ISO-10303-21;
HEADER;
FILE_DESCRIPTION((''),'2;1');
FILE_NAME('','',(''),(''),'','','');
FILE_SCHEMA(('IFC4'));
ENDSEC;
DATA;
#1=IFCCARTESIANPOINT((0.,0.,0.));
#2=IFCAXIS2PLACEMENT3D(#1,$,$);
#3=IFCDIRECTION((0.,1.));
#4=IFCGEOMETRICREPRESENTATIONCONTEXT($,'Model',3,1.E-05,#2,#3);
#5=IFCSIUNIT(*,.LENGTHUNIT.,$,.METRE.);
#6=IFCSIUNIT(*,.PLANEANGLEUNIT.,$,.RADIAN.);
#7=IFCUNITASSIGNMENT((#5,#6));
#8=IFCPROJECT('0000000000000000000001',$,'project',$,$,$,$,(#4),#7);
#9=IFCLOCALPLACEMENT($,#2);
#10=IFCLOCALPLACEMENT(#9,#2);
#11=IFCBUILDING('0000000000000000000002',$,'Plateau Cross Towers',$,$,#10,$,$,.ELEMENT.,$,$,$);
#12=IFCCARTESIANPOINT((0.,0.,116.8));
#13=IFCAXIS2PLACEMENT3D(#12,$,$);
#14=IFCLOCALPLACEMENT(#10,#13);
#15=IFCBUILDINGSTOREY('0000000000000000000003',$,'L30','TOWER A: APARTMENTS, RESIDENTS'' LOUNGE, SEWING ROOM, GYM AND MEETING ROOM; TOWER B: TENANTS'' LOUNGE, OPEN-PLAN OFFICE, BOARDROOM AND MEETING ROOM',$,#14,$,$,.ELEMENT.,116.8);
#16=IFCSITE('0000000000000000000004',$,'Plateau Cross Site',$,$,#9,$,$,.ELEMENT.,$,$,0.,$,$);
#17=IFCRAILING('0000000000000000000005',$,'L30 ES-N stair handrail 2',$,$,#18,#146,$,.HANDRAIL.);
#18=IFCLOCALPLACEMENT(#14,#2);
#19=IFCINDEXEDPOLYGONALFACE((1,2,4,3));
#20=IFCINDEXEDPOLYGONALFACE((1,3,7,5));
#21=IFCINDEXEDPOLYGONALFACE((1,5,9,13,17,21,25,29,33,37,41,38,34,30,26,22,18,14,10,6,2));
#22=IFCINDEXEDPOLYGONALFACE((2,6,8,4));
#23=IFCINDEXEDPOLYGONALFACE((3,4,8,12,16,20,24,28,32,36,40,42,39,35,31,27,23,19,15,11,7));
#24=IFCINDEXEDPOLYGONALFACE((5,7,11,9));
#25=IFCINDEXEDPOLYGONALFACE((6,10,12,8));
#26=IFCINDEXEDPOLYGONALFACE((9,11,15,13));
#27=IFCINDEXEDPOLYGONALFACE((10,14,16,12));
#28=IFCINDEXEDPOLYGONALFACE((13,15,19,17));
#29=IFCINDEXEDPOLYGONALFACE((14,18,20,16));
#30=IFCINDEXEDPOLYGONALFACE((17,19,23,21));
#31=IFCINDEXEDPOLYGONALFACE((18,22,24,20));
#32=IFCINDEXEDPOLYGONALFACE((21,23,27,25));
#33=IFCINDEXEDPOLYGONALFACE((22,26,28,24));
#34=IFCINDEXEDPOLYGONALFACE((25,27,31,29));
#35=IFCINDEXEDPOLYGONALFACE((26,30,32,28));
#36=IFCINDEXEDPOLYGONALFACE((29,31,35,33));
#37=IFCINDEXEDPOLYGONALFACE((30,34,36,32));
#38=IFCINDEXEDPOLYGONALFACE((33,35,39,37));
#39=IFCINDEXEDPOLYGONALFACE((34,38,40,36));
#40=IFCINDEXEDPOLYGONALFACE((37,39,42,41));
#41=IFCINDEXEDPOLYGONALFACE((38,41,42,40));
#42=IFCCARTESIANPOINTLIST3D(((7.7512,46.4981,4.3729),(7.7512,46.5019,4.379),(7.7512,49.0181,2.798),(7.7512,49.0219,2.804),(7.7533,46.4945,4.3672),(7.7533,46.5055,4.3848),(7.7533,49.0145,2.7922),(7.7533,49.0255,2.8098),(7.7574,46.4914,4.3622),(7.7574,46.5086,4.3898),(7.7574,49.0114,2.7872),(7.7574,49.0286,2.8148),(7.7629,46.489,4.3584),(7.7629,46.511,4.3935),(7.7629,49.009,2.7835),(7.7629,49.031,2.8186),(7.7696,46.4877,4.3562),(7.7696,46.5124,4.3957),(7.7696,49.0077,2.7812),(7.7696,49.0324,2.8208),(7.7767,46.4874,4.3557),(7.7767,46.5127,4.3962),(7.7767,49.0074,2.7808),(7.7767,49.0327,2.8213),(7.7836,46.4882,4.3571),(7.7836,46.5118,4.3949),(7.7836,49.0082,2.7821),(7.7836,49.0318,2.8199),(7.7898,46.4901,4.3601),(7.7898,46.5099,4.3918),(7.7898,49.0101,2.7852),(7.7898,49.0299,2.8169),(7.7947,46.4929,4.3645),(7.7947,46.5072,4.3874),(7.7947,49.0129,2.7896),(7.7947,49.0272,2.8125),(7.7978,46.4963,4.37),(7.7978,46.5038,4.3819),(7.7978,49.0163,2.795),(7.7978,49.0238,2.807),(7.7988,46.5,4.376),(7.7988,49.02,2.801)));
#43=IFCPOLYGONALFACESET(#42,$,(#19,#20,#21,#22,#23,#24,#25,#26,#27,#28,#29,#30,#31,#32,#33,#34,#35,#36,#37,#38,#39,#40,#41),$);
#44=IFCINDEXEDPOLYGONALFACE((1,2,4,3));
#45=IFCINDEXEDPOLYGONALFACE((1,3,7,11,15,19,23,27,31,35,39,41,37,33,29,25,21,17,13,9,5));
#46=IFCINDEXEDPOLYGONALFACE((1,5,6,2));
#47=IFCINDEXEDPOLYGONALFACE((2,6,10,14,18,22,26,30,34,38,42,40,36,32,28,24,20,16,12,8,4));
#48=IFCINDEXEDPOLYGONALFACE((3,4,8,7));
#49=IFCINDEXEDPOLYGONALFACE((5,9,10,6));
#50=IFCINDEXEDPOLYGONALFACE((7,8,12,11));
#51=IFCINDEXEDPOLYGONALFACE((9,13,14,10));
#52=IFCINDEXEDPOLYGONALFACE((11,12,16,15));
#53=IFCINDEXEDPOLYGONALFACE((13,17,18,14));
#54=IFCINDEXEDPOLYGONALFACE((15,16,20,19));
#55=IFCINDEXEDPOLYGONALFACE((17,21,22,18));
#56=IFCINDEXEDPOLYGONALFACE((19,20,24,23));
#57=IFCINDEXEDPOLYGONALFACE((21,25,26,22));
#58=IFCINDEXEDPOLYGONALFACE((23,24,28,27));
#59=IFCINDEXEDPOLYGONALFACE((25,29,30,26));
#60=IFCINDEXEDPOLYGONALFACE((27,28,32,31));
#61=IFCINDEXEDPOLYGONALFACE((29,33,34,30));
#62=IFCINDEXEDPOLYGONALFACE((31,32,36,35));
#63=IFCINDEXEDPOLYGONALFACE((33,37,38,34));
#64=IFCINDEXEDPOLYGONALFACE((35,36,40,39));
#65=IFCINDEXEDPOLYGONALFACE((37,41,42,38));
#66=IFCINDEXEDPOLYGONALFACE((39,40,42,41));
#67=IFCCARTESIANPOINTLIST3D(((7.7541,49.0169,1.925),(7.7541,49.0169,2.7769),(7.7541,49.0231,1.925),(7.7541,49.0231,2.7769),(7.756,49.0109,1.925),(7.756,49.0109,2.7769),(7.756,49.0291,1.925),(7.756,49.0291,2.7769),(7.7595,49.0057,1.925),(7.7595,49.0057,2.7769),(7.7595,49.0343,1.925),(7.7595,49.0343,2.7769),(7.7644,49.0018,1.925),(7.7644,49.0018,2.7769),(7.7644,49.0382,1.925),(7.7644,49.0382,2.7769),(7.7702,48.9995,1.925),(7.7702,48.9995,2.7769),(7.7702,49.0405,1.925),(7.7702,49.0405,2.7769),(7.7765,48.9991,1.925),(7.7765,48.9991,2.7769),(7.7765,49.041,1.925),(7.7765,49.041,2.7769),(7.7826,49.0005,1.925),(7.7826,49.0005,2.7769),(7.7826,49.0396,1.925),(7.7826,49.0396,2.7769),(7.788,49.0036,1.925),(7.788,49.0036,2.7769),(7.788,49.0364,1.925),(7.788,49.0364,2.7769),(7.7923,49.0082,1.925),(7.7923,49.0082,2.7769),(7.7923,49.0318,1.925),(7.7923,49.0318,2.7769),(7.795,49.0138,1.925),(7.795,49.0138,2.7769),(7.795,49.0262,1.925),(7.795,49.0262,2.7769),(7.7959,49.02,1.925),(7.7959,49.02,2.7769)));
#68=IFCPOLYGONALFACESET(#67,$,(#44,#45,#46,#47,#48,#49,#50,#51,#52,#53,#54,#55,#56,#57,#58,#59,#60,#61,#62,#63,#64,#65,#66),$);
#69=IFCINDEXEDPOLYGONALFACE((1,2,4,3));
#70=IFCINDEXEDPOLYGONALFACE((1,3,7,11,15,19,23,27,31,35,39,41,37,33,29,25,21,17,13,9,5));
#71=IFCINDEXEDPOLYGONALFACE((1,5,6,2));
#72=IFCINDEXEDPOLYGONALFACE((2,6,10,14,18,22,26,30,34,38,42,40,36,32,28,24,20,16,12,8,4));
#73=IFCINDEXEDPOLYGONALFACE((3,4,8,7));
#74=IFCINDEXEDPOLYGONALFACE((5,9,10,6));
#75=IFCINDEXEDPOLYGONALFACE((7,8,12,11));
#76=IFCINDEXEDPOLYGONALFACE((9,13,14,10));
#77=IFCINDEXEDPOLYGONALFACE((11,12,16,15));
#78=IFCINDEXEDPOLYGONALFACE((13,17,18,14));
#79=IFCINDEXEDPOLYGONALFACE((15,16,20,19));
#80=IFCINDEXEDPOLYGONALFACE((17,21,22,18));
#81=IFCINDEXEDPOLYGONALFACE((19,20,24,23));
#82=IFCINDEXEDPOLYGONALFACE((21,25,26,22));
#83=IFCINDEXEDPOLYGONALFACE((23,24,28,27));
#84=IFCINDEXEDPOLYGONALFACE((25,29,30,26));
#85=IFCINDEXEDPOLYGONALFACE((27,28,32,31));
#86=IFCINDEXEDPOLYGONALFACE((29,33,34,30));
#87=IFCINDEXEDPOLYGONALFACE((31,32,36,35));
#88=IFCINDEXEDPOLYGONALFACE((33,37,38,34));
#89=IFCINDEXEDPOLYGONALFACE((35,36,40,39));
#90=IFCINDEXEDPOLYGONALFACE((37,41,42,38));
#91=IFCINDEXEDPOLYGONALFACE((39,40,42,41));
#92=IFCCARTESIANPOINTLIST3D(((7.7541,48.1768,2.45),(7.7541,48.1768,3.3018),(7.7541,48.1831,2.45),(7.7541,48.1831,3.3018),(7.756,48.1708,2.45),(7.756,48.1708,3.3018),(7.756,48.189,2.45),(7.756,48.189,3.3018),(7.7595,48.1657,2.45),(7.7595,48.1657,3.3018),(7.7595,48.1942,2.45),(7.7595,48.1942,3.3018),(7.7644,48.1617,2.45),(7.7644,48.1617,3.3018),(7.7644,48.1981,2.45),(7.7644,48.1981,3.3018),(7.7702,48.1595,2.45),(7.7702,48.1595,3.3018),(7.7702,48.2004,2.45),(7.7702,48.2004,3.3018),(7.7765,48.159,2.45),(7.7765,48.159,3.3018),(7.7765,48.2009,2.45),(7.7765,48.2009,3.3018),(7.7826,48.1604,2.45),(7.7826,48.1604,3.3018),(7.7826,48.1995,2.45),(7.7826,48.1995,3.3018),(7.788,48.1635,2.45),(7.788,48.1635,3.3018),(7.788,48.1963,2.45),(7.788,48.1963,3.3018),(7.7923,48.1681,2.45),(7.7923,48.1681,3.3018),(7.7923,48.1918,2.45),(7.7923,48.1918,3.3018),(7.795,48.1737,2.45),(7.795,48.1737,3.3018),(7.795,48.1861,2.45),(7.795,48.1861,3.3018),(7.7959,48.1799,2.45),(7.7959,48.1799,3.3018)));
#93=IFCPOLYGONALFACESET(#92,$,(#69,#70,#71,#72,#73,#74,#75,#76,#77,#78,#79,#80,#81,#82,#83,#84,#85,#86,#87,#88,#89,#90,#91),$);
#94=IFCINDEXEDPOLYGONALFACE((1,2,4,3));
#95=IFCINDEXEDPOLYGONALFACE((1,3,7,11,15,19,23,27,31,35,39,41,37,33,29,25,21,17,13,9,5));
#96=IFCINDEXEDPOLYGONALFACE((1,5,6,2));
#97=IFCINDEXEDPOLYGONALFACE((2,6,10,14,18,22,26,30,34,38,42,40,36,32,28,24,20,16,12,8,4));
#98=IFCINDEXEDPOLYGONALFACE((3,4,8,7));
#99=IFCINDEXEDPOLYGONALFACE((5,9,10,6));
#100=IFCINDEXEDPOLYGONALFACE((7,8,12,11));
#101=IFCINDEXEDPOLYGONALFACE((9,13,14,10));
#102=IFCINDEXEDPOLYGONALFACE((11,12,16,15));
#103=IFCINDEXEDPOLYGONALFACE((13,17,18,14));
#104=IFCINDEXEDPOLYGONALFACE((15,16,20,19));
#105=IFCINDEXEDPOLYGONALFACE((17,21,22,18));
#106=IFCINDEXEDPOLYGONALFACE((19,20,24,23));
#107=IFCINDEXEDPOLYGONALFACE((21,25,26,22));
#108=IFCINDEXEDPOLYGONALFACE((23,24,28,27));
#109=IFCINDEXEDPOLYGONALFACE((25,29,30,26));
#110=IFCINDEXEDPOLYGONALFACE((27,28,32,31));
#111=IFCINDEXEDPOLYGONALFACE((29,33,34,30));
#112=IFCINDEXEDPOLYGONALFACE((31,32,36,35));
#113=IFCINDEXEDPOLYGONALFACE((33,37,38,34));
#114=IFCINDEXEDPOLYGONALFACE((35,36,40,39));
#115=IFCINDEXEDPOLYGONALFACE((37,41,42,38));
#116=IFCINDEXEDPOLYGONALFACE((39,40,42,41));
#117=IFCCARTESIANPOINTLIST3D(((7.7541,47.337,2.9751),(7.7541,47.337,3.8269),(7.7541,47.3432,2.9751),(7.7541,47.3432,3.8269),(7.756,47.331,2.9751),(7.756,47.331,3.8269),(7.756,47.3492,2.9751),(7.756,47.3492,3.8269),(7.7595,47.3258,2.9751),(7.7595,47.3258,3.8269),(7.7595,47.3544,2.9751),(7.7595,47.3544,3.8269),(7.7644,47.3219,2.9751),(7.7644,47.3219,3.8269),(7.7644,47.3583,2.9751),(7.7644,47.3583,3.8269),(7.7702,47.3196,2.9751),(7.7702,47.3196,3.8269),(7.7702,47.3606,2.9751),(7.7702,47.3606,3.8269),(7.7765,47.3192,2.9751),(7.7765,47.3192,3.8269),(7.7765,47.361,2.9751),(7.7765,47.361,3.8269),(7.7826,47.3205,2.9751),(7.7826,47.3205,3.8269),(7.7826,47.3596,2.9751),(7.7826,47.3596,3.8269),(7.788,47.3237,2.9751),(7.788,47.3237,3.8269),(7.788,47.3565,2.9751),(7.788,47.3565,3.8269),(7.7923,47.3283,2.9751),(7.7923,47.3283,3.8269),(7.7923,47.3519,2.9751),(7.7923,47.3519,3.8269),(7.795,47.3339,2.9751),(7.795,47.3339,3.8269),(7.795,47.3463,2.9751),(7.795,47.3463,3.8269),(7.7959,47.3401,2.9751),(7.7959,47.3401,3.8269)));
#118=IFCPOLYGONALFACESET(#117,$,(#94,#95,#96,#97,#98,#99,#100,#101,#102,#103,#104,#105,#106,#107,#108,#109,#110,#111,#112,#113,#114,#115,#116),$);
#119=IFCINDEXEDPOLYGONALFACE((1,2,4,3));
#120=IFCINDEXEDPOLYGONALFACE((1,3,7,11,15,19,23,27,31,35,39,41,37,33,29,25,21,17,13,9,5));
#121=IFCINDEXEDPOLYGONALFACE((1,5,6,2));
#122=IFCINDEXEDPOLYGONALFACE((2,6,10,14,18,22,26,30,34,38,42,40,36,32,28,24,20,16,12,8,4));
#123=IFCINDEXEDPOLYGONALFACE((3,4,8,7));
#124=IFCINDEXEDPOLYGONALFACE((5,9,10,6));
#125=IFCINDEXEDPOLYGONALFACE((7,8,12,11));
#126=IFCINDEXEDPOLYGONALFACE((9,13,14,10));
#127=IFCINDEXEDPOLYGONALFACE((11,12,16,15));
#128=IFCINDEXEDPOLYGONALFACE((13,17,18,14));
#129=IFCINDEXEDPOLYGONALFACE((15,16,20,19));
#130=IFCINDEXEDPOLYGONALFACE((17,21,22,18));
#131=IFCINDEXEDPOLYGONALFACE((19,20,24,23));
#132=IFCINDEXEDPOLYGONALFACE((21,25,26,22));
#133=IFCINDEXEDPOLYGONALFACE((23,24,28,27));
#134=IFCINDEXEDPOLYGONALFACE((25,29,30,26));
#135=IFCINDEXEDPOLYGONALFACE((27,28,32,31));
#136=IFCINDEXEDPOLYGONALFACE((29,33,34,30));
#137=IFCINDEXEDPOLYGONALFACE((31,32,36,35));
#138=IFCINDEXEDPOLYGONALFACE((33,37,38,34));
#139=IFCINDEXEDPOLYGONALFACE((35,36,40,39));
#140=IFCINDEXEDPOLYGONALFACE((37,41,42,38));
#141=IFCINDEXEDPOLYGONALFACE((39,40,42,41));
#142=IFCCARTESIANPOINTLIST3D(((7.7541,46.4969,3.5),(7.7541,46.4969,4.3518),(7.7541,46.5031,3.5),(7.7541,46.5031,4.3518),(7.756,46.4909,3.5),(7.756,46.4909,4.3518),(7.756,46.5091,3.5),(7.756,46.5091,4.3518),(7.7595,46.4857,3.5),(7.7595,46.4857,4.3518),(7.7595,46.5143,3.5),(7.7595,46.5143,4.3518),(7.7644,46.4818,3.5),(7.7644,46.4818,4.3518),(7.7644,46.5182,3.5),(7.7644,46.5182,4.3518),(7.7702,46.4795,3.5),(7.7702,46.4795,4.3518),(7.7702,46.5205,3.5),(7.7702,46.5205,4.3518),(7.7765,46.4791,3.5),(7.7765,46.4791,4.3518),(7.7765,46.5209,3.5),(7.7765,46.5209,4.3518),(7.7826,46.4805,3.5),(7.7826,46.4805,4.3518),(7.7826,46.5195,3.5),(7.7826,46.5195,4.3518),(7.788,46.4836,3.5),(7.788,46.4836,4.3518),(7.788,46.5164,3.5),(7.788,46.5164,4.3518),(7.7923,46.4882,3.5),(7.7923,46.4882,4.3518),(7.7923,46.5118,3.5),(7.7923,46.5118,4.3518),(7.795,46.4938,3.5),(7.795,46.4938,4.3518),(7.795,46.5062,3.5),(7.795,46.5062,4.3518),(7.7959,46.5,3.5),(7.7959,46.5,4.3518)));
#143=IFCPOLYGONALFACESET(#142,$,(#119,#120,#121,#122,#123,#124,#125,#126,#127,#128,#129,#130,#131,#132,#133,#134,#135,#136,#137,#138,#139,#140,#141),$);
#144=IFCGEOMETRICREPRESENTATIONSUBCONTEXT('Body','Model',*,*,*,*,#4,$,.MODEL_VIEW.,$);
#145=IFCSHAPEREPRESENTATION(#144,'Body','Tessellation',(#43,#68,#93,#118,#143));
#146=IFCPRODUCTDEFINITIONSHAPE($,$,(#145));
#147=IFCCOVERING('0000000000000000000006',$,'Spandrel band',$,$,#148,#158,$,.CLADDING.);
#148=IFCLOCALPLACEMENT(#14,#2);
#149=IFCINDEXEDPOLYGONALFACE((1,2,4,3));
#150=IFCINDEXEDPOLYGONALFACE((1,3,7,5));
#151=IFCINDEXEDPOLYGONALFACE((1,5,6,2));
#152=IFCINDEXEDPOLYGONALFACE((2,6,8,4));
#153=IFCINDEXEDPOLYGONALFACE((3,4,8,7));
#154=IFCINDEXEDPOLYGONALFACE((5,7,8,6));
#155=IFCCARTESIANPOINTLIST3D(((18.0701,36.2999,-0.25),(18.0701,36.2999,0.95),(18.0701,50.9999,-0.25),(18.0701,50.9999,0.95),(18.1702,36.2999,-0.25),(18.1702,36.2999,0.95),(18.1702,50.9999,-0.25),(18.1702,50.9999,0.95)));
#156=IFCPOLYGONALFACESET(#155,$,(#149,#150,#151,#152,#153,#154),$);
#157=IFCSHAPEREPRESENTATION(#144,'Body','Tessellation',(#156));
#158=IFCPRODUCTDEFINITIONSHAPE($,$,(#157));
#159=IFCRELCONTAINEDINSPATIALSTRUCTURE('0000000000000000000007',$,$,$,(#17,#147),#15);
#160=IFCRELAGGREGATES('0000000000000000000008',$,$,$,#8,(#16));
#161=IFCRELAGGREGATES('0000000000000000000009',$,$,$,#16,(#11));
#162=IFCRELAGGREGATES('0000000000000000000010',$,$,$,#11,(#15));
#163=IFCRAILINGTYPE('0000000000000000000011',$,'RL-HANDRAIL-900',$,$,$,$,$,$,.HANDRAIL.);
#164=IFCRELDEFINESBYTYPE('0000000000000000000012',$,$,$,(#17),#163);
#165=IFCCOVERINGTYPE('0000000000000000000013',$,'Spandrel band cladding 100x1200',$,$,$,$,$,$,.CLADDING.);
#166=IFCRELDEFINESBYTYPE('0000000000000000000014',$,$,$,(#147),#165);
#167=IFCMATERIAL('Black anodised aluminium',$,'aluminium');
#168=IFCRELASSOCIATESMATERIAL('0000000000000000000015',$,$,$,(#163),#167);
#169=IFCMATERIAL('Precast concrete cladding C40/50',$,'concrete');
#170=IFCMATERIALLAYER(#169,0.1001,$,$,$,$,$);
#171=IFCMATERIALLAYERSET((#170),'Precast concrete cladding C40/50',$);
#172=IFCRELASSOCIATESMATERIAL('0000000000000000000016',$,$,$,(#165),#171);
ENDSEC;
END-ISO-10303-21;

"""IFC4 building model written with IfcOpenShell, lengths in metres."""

from ifc_helpers import new_model, si_unit, direction, frame, origin, origin_2d, place, context, subcontext, project, spatial, rectangle, circle, extrude, material, layer, layer_set, type_object, element, save


model = new_model("IFC4")

# Units and contexts
model_context = context("Model", 3, precision=1e-05, world=origin(), true_north=direction((0.0, 1.0)))
body_context = subcontext(model_context, "Body", "Model", "MODEL_VIEW")
ifc_project = project(units=[si_unit("LENGTHUNIT", "METRE"), si_unit("PLANEANGLEUNIT", "RADIAN")], contexts=[model_context])

# Site, building, storey
site_placement = place(None, origin())
site = spatial("IfcSite", under=ifc_project, at=site_placement, Name="Plateau Cross Site", CompositionType="ELEMENT", RefElevation=0.0)
building_placement = place(site_placement, origin())
building = spatial("IfcBuilding", under=site, at=building_placement, Name="Plateau Cross Towers", CompositionType="ELEMENT")
storey_placement = place(building_placement, frame((0.0, 0.0, 116.8)))
storey = spatial("IfcBuildingStorey", under=building, at=storey_placement, Name="L30", Description="TOWER A: APARTMENTS, RESIDENTS' LOUNGE, SEWING ROOM, GYM AND MEETING ROOM; TOWER B: TENANTS' LOUNGE, OPEN-PLAN OFFICE, BOARDROOM AND MEETING ROOM", CompositionType="ELEMENT", Elevation=116.8)

# Shared definitions
ifc_material_1 = material(Name="Black anodised aluminium", Category="aluminium")

# Railing
railing_type_1 = type_object("IfcRailingType", Name="RL-HANDRAIL-900", PredefinedType="HANDRAIL", material=ifc_material_1)
railing_1_placement = place(storey_placement, frame((7.7749, 49.02, 1.925)))
element("IfcRailing", 1, at=railing_1_placement, inside=storey, type_object=railing_type_1, Name="L30 ES-N stair handrail 2", PredefinedType="HANDRAIL", context=body_context, shape_type="SweptSolid", body=[
    extrude(circle(Radius=0.0239, at=origin_2d()), frame((0.0, 0.0, 0.876), z_axis=(0.0, -0.848008, 0.529984), x_axis=(1.0, 0.0, 0.0)), (0.0, 0.0, 1.0), 2.9717),
    extrude(circle(Radius=0.021, at=origin_2d()), origin(), (0.0, 0.0, 1.0), 0.8518),
    extrude(circle(Radius=0.021, at=origin_2d()), frame((0.0, -0.8401, 0.5249)), (0.0, 0.0, 1.0), 0.8518),
    extrude(circle(Radius=0.021, at=origin_2d()), frame((0.0, -1.6799, 1.05)), (0.0, 0.0, 1.0), 0.8518),
    extrude(circle(Radius=0.021, at=origin_2d()), frame((0.0, -2.52, 1.575)), (0.0, 0.0, 1.0), 0.8518),
])

# Covering
ifc_material_2 = material(Name="Precast concrete cladding C40/50", Category="concrete")
ifc_layer_1 = layer(ifc_material_2, 0.1001)
ifc_layer_set_1 = layer_set([ifc_layer_1], Name="Precast concrete cladding C40/50")
covering_type = type_object("IfcCoveringType", Name="Spandrel band cladding 100x1200", PredefinedType="CLADDING", material=ifc_layer_set_1)
covering_placement = place(storey_placement, frame((18.1201, 43.6499, -0.25), z_axis=(0.0, 0.0, 1.0), x_axis=(0.0, 1.0, 0.0)))
element("IfcCovering", 2, at=covering_placement, inside=storey, type_object=covering_type, Name="Spandrel band", PredefinedType="CLADDING", context=body_context, shape_type="SweptSolid", body=[
    extrude(rectangle(XDim=14.7, YDim=0.1001, at=origin_2d()), origin(), (0.0, 0.0, 1.0), 1.2),
])

save(model, "model.ifc")
